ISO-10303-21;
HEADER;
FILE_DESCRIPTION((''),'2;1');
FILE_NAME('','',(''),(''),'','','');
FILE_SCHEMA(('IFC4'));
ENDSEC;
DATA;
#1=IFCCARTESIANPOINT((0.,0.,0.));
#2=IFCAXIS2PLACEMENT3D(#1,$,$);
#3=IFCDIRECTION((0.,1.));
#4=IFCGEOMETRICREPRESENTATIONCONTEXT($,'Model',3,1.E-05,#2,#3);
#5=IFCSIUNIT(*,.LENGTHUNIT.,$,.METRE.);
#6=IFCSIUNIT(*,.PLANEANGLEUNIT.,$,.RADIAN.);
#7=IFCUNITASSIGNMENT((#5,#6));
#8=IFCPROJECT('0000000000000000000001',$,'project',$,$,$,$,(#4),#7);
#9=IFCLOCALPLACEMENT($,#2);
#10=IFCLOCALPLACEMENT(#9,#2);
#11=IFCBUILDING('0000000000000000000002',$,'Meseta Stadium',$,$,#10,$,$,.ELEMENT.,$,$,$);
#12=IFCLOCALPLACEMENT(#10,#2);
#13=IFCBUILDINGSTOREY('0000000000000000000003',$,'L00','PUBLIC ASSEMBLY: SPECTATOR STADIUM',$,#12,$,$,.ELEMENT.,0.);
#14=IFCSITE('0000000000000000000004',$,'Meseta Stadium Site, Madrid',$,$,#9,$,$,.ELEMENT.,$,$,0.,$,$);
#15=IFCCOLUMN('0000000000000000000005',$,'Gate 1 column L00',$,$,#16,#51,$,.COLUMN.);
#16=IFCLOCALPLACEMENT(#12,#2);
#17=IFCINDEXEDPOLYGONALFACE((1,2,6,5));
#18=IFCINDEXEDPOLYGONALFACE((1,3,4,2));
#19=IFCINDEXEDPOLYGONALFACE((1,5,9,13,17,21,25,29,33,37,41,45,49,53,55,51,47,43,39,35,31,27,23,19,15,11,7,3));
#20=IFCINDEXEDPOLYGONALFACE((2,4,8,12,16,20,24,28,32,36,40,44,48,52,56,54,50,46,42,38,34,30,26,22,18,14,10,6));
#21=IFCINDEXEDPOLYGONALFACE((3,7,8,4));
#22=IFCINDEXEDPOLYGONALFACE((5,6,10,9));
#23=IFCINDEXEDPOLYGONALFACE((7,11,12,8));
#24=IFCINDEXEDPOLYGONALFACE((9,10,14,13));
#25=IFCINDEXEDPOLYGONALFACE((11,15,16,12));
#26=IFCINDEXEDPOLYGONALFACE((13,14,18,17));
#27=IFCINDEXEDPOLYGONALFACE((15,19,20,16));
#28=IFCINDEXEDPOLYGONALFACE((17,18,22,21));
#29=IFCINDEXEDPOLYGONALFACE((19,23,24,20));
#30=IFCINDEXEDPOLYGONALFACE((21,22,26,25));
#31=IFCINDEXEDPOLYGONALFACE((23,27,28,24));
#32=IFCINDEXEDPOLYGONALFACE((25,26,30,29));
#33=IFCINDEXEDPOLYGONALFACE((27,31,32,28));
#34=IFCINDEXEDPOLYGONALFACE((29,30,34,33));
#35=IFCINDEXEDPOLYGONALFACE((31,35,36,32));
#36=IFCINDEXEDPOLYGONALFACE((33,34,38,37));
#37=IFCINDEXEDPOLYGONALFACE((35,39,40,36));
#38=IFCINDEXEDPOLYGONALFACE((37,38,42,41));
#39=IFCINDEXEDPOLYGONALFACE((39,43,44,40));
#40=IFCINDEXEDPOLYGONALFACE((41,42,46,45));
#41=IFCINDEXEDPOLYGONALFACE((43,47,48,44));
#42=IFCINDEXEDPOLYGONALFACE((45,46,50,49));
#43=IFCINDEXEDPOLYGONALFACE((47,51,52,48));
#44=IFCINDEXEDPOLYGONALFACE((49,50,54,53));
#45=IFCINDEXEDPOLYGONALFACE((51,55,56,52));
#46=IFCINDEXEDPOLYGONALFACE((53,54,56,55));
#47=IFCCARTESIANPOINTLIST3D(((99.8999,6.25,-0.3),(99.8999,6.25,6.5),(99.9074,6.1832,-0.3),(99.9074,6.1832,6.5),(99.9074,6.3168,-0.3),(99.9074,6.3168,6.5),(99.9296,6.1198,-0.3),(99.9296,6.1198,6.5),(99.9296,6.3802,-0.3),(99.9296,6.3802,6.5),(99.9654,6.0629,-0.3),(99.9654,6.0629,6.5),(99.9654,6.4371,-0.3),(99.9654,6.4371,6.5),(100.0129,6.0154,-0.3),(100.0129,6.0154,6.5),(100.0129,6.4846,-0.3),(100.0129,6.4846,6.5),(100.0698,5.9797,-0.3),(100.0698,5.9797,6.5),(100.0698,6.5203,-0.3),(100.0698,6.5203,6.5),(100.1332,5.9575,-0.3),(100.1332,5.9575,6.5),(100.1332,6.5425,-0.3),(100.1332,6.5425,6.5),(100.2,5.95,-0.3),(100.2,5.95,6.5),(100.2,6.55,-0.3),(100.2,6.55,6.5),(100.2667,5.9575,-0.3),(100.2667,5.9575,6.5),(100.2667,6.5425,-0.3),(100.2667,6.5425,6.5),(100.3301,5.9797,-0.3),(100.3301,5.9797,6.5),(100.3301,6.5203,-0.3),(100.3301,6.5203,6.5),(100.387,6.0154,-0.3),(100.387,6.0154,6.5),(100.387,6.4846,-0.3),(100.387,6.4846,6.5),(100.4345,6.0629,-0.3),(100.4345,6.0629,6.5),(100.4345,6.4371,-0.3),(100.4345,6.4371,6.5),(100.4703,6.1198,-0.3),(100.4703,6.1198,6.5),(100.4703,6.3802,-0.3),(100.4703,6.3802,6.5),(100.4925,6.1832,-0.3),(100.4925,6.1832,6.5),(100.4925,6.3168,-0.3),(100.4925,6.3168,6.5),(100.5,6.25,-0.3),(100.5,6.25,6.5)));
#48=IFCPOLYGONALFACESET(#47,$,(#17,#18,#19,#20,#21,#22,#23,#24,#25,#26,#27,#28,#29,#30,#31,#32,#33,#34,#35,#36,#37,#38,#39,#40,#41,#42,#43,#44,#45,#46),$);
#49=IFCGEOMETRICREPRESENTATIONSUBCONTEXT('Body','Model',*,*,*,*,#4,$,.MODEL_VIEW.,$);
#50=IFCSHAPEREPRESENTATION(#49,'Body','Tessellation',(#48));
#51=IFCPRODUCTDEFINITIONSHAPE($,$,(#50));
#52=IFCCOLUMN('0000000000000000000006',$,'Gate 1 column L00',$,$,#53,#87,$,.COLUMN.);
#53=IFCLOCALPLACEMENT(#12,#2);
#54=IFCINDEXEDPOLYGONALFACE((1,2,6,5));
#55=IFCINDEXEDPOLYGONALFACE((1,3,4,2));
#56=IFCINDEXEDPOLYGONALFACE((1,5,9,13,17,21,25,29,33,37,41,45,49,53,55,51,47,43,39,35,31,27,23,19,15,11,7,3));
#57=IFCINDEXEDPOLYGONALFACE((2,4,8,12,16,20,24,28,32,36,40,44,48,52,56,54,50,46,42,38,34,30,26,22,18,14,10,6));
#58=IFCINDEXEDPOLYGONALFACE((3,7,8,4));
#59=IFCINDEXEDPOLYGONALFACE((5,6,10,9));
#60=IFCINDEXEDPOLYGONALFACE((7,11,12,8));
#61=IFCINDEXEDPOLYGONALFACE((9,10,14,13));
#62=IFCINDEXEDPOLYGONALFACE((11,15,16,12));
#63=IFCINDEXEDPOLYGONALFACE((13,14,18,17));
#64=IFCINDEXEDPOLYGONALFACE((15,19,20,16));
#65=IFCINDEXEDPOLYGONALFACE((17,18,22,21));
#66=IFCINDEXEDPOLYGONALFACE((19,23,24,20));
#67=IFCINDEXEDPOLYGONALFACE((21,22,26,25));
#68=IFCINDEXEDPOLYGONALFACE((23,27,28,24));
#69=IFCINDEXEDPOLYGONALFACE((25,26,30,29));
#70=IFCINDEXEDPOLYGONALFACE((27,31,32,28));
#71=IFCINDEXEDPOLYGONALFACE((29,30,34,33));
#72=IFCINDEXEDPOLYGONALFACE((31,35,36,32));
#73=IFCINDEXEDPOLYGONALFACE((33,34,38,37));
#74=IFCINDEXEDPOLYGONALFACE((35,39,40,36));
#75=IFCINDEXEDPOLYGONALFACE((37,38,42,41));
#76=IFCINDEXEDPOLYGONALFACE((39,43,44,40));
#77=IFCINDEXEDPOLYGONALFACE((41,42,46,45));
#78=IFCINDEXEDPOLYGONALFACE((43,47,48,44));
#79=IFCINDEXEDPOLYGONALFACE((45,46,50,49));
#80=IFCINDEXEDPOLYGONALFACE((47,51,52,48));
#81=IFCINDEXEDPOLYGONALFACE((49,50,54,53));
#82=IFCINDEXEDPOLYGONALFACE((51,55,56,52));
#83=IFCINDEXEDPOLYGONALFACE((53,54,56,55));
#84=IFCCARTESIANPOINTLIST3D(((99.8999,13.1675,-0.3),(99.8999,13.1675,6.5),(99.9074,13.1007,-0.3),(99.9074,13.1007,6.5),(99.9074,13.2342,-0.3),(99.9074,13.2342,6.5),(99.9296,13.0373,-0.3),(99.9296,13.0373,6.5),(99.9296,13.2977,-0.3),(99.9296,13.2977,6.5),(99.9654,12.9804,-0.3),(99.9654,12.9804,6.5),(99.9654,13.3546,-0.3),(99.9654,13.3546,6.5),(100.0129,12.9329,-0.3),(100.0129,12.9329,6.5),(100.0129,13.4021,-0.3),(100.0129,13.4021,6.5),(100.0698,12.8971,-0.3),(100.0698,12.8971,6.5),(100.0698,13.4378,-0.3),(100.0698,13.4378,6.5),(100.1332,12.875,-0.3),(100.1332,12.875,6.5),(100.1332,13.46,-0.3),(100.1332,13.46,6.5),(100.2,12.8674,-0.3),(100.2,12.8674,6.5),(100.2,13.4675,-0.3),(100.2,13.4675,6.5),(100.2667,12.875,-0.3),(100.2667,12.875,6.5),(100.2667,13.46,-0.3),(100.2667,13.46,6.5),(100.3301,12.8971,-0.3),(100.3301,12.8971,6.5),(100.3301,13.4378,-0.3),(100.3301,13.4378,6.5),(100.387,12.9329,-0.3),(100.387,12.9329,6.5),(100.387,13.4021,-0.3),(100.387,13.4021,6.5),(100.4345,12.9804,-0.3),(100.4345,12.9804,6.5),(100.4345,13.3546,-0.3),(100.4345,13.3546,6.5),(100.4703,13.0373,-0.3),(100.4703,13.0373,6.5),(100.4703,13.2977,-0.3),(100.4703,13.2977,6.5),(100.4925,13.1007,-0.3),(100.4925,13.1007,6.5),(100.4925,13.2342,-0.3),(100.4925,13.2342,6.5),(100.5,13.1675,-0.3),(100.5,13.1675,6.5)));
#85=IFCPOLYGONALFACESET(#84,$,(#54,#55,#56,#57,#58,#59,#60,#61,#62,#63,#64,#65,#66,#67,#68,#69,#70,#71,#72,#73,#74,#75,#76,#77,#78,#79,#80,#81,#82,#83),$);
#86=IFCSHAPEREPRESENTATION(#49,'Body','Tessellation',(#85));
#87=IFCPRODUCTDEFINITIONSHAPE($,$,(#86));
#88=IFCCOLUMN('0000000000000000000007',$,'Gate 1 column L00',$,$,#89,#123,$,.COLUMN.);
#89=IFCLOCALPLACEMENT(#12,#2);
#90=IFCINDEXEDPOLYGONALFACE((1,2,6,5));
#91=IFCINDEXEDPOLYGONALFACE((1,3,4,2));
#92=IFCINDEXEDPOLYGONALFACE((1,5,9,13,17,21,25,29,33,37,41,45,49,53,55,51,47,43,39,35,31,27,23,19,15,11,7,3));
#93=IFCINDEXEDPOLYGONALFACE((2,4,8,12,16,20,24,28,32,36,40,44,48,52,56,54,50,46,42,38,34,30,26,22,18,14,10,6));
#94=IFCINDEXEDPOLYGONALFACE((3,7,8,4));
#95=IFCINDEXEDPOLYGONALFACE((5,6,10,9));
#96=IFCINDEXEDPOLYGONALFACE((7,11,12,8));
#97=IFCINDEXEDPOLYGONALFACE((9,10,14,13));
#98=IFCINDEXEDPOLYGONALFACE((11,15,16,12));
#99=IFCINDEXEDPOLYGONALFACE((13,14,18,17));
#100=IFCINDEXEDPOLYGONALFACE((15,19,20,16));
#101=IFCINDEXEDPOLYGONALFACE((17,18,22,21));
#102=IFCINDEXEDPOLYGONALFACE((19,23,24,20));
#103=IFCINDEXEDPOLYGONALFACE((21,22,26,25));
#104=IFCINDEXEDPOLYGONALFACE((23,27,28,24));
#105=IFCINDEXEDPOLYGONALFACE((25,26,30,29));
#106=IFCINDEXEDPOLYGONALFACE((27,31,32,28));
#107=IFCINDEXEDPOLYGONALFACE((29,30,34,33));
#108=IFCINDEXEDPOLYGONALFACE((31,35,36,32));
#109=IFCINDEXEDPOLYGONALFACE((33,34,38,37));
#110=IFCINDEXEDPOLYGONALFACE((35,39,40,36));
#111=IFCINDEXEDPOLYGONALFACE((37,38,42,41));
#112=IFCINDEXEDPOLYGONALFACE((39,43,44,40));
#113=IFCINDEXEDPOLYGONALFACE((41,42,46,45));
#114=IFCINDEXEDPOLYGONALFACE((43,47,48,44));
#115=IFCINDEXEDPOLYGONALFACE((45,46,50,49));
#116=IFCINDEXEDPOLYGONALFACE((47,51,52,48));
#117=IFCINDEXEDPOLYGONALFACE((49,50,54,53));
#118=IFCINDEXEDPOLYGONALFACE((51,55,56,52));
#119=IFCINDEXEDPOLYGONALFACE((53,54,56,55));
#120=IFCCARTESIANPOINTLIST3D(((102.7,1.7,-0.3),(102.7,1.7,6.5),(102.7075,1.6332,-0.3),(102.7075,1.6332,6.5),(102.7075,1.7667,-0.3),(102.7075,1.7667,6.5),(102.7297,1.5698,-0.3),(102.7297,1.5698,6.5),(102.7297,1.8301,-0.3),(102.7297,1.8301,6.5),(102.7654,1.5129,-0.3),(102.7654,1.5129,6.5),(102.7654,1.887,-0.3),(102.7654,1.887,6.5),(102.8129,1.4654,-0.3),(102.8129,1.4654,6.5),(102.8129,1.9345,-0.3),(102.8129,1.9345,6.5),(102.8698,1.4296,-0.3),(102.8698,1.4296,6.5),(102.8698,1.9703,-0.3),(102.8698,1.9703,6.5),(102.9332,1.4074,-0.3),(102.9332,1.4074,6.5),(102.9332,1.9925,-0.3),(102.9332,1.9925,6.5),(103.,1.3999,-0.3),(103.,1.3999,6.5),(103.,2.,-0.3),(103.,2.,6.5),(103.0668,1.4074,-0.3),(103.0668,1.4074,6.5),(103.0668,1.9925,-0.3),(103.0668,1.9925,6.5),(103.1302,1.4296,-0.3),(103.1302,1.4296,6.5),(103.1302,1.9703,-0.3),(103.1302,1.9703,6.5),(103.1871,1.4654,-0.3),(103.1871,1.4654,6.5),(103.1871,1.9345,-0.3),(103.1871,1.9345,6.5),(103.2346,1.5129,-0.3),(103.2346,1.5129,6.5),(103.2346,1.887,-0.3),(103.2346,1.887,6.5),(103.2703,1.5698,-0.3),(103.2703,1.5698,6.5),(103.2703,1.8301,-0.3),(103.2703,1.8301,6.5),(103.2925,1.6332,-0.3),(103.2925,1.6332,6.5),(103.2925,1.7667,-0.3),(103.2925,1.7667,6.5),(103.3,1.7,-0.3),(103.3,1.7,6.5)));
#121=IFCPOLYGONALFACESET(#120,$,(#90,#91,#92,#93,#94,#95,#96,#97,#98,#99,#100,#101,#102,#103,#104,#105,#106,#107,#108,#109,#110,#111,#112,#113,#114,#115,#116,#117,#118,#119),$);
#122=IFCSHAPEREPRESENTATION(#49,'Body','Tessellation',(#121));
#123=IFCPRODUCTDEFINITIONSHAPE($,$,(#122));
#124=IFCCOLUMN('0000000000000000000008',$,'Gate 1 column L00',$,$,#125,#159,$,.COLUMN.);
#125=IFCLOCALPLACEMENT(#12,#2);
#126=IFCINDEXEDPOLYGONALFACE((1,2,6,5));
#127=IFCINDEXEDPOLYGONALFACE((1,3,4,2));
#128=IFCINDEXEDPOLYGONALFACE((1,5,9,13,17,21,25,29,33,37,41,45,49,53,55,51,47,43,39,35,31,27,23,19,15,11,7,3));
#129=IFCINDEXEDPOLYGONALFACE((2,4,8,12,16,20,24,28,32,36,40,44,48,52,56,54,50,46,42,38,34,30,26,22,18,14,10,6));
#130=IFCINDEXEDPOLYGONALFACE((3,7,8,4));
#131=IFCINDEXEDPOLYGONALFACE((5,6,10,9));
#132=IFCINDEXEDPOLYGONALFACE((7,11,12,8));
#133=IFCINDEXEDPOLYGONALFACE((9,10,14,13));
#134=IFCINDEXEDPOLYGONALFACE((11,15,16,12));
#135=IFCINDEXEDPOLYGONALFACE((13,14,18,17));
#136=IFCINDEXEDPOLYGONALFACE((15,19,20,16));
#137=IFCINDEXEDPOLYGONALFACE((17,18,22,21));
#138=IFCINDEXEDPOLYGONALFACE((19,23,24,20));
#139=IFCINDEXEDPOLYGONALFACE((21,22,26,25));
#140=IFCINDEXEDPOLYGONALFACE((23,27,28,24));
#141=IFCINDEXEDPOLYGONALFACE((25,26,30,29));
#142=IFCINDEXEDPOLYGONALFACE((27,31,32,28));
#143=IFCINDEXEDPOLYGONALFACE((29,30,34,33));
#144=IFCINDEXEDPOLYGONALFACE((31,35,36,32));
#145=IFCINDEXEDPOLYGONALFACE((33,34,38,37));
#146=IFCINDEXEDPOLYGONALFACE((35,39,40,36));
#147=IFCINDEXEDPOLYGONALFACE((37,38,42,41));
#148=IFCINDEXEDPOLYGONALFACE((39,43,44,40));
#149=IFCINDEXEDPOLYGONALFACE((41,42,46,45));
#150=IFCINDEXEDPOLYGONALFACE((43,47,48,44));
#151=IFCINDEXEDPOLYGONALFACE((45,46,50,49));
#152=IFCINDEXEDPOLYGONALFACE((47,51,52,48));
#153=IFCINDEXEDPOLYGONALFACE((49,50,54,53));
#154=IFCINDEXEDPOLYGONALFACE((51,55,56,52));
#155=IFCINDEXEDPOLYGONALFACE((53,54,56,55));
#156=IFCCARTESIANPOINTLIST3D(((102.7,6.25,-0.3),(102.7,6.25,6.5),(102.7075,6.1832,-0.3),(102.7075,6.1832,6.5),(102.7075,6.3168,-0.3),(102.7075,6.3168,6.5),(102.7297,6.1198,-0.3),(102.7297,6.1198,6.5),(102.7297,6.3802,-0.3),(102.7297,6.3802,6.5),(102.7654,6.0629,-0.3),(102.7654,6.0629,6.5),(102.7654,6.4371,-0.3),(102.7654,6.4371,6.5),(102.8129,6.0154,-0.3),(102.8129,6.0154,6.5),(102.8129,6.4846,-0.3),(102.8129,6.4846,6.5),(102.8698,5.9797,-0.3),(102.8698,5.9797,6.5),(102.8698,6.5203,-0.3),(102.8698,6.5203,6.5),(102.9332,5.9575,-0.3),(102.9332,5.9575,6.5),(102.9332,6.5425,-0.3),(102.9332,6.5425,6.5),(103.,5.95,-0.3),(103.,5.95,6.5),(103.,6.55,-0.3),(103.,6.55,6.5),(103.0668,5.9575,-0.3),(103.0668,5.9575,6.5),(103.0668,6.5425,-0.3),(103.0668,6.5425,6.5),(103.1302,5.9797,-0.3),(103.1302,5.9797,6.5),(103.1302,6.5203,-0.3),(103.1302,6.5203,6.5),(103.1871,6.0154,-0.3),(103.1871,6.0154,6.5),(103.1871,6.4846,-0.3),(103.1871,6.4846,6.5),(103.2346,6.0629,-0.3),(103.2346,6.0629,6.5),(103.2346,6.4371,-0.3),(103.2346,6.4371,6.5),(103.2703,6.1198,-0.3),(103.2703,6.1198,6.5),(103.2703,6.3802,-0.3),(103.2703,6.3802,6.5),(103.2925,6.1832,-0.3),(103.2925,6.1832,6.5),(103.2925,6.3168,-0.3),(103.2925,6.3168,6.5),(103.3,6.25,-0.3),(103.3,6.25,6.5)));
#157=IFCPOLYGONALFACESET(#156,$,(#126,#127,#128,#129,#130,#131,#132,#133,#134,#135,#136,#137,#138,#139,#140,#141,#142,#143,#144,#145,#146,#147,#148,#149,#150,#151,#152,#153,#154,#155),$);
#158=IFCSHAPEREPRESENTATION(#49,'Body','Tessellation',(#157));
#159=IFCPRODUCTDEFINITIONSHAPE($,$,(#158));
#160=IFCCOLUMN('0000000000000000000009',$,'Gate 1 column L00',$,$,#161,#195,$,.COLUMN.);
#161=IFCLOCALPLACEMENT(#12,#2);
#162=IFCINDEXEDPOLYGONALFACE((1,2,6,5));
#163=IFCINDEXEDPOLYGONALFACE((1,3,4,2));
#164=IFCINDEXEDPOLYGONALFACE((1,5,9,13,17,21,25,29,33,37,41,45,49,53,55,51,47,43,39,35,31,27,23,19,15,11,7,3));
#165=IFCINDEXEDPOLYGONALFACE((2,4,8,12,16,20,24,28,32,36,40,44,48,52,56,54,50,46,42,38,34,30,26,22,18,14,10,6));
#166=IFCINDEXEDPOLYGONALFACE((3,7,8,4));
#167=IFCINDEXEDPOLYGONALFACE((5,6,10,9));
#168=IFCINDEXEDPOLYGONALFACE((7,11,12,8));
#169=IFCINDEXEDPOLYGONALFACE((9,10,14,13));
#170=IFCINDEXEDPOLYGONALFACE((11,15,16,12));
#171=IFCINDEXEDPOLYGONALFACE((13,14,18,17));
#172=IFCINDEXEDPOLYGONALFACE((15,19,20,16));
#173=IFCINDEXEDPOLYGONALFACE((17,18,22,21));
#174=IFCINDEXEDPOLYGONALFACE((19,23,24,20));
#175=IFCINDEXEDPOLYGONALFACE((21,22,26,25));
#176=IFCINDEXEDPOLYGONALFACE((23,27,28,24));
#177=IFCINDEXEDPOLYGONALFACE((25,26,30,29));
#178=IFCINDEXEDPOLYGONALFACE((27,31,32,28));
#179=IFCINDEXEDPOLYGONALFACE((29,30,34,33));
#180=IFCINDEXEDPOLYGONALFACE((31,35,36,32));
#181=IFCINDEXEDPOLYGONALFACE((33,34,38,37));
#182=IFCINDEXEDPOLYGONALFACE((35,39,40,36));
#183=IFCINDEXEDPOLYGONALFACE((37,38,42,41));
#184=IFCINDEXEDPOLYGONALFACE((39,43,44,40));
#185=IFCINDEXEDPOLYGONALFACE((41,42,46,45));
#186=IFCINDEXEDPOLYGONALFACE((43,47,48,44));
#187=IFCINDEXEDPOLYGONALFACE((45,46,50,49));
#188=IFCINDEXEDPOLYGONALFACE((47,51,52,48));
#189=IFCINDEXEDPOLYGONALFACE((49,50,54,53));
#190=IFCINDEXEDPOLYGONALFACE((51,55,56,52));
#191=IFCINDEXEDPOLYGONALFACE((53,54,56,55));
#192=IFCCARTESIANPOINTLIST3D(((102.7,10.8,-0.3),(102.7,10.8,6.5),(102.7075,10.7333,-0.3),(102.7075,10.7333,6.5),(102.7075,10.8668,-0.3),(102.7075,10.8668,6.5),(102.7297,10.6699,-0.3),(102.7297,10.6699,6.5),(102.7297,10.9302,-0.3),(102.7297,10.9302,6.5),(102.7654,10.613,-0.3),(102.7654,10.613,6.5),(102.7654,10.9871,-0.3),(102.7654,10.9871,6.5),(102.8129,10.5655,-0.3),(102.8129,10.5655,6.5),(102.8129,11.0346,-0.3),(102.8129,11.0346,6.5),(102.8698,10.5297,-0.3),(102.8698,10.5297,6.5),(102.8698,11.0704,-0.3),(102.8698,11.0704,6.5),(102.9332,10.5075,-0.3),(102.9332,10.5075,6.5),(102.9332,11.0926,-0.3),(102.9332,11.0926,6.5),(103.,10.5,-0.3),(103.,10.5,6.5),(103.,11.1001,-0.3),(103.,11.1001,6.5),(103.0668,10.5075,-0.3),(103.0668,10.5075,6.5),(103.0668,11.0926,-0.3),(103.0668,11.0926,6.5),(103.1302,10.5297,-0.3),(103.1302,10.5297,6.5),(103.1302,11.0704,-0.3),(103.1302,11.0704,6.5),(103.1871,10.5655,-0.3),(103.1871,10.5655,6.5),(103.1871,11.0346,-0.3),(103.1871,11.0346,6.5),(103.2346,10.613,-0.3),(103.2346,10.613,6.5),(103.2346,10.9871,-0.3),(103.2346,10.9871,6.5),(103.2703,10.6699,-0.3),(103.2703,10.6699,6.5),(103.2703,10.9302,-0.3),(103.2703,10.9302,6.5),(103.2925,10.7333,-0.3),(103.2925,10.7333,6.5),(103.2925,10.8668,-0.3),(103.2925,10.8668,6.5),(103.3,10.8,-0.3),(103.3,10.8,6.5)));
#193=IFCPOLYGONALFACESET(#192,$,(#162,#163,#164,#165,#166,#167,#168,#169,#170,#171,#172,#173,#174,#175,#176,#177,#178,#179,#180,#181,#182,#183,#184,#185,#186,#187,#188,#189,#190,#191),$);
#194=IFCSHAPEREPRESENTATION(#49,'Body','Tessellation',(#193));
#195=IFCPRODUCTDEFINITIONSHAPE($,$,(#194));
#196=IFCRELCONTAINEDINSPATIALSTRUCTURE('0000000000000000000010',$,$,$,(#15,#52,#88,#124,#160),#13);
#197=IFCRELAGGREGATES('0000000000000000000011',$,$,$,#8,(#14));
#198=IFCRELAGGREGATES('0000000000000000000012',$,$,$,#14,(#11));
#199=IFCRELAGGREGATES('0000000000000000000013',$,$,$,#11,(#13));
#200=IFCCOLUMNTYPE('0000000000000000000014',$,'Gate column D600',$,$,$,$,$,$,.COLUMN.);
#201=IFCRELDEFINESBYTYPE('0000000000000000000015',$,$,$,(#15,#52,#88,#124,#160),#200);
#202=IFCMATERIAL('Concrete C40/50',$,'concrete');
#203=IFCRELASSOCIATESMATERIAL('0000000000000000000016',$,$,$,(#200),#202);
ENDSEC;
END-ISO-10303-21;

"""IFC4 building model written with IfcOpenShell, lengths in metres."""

from ifc_helpers import new_model, si_unit, direction, frame, origin, origin_2d, place, context, subcontext, project, spatial, circle, extrude, material, material_profile, profile_set, type_object, element, save


model = new_model("IFC4")

# Units and contexts
model_context = context("Model", 3, precision=1e-05, world=origin(), true_north=direction((0.0, 1.0)))
body_context = subcontext(model_context, "Body", "Model", "MODEL_VIEW")
ifc_project = project(units=[si_unit("LENGTHUNIT", "METRE"), si_unit("PLANEANGLEUNIT", "RADIAN")], contexts=[model_context])

# Site, building, storey
site_placement = place(None, origin())
site = spatial("IfcSite", under=ifc_project, at=site_placement, Name="Meseta Stadium Site, Madrid", CompositionType="ELEMENT", RefElevation=0.0)
building_placement = place(site_placement, origin())
building = spatial("IfcBuilding", under=site, at=building_placement, Name="Meseta Stadium", CompositionType="ELEMENT")
storey_placement = place(building_placement, origin())
storey = spatial("IfcBuildingStorey", under=building, at=storey_placement, Name="L00", Description="PUBLIC ASSEMBLY: SPECTATOR STADIUM", CompositionType="ELEMENT", Elevation=0.0)

# Columns
ifc_material_1 = material(Name="Concrete C40/50", Category="concrete")
ifc_material_profile_1 = material_profile(ifc_material_1, circle(Radius=0.3, at=origin_2d()), Name="RC D600")
ifc_profile_set_1 = profile_set([ifc_material_profile_1], Name="Concrete C40/50")
column_type_1 = type_object("IfcColumnType", Name="Gate column D600", PredefinedType="COLUMN", material=ifc_profile_set_1)
for number, where, z_axis, x_axis, name in (
    (1, (100.2, 6.25, -0.3), (0.0, 0.0, 1.0), (1.0, 0.0, 0.0), "Gate 1 column L00"),
    (2, (100.2, 13.1675, -0.3), (0.0, 0.0, 1.0), (1.0, 0.0, 0.0), "Gate 1 column L00"),
    (3, (103.0, 1.7, -0.3), (0.0, 0.0, 1.0), (1.0, 0.0, 0.0), "Gate 1 column L00"),
    (4, (103.0, 6.25, -0.3), (0.0, 0.0, 1.0), (1.0, 0.0, 0.0), "Gate 1 column L00"),
    (5, (103.0, 10.8, -0.3), (0.0, 0.0, 1.0), (1.0, 0.0, 0.0), "Gate 1 column L00"),
):
    element("IfcColumn", number, at=place(storey_placement, frame(where, z_axis=z_axis, x_axis=x_axis)), inside=storey, type_object=column_type_1, Name=name, PredefinedType="COLUMN", context=body_context, shape_type="SweptSolid", body=[
        extrude(circle(Radius=0.3, at=origin_2d()), origin(), (0.0, 0.0, 1.0), 6.8),
    ])

save(model, "model.ifc")
